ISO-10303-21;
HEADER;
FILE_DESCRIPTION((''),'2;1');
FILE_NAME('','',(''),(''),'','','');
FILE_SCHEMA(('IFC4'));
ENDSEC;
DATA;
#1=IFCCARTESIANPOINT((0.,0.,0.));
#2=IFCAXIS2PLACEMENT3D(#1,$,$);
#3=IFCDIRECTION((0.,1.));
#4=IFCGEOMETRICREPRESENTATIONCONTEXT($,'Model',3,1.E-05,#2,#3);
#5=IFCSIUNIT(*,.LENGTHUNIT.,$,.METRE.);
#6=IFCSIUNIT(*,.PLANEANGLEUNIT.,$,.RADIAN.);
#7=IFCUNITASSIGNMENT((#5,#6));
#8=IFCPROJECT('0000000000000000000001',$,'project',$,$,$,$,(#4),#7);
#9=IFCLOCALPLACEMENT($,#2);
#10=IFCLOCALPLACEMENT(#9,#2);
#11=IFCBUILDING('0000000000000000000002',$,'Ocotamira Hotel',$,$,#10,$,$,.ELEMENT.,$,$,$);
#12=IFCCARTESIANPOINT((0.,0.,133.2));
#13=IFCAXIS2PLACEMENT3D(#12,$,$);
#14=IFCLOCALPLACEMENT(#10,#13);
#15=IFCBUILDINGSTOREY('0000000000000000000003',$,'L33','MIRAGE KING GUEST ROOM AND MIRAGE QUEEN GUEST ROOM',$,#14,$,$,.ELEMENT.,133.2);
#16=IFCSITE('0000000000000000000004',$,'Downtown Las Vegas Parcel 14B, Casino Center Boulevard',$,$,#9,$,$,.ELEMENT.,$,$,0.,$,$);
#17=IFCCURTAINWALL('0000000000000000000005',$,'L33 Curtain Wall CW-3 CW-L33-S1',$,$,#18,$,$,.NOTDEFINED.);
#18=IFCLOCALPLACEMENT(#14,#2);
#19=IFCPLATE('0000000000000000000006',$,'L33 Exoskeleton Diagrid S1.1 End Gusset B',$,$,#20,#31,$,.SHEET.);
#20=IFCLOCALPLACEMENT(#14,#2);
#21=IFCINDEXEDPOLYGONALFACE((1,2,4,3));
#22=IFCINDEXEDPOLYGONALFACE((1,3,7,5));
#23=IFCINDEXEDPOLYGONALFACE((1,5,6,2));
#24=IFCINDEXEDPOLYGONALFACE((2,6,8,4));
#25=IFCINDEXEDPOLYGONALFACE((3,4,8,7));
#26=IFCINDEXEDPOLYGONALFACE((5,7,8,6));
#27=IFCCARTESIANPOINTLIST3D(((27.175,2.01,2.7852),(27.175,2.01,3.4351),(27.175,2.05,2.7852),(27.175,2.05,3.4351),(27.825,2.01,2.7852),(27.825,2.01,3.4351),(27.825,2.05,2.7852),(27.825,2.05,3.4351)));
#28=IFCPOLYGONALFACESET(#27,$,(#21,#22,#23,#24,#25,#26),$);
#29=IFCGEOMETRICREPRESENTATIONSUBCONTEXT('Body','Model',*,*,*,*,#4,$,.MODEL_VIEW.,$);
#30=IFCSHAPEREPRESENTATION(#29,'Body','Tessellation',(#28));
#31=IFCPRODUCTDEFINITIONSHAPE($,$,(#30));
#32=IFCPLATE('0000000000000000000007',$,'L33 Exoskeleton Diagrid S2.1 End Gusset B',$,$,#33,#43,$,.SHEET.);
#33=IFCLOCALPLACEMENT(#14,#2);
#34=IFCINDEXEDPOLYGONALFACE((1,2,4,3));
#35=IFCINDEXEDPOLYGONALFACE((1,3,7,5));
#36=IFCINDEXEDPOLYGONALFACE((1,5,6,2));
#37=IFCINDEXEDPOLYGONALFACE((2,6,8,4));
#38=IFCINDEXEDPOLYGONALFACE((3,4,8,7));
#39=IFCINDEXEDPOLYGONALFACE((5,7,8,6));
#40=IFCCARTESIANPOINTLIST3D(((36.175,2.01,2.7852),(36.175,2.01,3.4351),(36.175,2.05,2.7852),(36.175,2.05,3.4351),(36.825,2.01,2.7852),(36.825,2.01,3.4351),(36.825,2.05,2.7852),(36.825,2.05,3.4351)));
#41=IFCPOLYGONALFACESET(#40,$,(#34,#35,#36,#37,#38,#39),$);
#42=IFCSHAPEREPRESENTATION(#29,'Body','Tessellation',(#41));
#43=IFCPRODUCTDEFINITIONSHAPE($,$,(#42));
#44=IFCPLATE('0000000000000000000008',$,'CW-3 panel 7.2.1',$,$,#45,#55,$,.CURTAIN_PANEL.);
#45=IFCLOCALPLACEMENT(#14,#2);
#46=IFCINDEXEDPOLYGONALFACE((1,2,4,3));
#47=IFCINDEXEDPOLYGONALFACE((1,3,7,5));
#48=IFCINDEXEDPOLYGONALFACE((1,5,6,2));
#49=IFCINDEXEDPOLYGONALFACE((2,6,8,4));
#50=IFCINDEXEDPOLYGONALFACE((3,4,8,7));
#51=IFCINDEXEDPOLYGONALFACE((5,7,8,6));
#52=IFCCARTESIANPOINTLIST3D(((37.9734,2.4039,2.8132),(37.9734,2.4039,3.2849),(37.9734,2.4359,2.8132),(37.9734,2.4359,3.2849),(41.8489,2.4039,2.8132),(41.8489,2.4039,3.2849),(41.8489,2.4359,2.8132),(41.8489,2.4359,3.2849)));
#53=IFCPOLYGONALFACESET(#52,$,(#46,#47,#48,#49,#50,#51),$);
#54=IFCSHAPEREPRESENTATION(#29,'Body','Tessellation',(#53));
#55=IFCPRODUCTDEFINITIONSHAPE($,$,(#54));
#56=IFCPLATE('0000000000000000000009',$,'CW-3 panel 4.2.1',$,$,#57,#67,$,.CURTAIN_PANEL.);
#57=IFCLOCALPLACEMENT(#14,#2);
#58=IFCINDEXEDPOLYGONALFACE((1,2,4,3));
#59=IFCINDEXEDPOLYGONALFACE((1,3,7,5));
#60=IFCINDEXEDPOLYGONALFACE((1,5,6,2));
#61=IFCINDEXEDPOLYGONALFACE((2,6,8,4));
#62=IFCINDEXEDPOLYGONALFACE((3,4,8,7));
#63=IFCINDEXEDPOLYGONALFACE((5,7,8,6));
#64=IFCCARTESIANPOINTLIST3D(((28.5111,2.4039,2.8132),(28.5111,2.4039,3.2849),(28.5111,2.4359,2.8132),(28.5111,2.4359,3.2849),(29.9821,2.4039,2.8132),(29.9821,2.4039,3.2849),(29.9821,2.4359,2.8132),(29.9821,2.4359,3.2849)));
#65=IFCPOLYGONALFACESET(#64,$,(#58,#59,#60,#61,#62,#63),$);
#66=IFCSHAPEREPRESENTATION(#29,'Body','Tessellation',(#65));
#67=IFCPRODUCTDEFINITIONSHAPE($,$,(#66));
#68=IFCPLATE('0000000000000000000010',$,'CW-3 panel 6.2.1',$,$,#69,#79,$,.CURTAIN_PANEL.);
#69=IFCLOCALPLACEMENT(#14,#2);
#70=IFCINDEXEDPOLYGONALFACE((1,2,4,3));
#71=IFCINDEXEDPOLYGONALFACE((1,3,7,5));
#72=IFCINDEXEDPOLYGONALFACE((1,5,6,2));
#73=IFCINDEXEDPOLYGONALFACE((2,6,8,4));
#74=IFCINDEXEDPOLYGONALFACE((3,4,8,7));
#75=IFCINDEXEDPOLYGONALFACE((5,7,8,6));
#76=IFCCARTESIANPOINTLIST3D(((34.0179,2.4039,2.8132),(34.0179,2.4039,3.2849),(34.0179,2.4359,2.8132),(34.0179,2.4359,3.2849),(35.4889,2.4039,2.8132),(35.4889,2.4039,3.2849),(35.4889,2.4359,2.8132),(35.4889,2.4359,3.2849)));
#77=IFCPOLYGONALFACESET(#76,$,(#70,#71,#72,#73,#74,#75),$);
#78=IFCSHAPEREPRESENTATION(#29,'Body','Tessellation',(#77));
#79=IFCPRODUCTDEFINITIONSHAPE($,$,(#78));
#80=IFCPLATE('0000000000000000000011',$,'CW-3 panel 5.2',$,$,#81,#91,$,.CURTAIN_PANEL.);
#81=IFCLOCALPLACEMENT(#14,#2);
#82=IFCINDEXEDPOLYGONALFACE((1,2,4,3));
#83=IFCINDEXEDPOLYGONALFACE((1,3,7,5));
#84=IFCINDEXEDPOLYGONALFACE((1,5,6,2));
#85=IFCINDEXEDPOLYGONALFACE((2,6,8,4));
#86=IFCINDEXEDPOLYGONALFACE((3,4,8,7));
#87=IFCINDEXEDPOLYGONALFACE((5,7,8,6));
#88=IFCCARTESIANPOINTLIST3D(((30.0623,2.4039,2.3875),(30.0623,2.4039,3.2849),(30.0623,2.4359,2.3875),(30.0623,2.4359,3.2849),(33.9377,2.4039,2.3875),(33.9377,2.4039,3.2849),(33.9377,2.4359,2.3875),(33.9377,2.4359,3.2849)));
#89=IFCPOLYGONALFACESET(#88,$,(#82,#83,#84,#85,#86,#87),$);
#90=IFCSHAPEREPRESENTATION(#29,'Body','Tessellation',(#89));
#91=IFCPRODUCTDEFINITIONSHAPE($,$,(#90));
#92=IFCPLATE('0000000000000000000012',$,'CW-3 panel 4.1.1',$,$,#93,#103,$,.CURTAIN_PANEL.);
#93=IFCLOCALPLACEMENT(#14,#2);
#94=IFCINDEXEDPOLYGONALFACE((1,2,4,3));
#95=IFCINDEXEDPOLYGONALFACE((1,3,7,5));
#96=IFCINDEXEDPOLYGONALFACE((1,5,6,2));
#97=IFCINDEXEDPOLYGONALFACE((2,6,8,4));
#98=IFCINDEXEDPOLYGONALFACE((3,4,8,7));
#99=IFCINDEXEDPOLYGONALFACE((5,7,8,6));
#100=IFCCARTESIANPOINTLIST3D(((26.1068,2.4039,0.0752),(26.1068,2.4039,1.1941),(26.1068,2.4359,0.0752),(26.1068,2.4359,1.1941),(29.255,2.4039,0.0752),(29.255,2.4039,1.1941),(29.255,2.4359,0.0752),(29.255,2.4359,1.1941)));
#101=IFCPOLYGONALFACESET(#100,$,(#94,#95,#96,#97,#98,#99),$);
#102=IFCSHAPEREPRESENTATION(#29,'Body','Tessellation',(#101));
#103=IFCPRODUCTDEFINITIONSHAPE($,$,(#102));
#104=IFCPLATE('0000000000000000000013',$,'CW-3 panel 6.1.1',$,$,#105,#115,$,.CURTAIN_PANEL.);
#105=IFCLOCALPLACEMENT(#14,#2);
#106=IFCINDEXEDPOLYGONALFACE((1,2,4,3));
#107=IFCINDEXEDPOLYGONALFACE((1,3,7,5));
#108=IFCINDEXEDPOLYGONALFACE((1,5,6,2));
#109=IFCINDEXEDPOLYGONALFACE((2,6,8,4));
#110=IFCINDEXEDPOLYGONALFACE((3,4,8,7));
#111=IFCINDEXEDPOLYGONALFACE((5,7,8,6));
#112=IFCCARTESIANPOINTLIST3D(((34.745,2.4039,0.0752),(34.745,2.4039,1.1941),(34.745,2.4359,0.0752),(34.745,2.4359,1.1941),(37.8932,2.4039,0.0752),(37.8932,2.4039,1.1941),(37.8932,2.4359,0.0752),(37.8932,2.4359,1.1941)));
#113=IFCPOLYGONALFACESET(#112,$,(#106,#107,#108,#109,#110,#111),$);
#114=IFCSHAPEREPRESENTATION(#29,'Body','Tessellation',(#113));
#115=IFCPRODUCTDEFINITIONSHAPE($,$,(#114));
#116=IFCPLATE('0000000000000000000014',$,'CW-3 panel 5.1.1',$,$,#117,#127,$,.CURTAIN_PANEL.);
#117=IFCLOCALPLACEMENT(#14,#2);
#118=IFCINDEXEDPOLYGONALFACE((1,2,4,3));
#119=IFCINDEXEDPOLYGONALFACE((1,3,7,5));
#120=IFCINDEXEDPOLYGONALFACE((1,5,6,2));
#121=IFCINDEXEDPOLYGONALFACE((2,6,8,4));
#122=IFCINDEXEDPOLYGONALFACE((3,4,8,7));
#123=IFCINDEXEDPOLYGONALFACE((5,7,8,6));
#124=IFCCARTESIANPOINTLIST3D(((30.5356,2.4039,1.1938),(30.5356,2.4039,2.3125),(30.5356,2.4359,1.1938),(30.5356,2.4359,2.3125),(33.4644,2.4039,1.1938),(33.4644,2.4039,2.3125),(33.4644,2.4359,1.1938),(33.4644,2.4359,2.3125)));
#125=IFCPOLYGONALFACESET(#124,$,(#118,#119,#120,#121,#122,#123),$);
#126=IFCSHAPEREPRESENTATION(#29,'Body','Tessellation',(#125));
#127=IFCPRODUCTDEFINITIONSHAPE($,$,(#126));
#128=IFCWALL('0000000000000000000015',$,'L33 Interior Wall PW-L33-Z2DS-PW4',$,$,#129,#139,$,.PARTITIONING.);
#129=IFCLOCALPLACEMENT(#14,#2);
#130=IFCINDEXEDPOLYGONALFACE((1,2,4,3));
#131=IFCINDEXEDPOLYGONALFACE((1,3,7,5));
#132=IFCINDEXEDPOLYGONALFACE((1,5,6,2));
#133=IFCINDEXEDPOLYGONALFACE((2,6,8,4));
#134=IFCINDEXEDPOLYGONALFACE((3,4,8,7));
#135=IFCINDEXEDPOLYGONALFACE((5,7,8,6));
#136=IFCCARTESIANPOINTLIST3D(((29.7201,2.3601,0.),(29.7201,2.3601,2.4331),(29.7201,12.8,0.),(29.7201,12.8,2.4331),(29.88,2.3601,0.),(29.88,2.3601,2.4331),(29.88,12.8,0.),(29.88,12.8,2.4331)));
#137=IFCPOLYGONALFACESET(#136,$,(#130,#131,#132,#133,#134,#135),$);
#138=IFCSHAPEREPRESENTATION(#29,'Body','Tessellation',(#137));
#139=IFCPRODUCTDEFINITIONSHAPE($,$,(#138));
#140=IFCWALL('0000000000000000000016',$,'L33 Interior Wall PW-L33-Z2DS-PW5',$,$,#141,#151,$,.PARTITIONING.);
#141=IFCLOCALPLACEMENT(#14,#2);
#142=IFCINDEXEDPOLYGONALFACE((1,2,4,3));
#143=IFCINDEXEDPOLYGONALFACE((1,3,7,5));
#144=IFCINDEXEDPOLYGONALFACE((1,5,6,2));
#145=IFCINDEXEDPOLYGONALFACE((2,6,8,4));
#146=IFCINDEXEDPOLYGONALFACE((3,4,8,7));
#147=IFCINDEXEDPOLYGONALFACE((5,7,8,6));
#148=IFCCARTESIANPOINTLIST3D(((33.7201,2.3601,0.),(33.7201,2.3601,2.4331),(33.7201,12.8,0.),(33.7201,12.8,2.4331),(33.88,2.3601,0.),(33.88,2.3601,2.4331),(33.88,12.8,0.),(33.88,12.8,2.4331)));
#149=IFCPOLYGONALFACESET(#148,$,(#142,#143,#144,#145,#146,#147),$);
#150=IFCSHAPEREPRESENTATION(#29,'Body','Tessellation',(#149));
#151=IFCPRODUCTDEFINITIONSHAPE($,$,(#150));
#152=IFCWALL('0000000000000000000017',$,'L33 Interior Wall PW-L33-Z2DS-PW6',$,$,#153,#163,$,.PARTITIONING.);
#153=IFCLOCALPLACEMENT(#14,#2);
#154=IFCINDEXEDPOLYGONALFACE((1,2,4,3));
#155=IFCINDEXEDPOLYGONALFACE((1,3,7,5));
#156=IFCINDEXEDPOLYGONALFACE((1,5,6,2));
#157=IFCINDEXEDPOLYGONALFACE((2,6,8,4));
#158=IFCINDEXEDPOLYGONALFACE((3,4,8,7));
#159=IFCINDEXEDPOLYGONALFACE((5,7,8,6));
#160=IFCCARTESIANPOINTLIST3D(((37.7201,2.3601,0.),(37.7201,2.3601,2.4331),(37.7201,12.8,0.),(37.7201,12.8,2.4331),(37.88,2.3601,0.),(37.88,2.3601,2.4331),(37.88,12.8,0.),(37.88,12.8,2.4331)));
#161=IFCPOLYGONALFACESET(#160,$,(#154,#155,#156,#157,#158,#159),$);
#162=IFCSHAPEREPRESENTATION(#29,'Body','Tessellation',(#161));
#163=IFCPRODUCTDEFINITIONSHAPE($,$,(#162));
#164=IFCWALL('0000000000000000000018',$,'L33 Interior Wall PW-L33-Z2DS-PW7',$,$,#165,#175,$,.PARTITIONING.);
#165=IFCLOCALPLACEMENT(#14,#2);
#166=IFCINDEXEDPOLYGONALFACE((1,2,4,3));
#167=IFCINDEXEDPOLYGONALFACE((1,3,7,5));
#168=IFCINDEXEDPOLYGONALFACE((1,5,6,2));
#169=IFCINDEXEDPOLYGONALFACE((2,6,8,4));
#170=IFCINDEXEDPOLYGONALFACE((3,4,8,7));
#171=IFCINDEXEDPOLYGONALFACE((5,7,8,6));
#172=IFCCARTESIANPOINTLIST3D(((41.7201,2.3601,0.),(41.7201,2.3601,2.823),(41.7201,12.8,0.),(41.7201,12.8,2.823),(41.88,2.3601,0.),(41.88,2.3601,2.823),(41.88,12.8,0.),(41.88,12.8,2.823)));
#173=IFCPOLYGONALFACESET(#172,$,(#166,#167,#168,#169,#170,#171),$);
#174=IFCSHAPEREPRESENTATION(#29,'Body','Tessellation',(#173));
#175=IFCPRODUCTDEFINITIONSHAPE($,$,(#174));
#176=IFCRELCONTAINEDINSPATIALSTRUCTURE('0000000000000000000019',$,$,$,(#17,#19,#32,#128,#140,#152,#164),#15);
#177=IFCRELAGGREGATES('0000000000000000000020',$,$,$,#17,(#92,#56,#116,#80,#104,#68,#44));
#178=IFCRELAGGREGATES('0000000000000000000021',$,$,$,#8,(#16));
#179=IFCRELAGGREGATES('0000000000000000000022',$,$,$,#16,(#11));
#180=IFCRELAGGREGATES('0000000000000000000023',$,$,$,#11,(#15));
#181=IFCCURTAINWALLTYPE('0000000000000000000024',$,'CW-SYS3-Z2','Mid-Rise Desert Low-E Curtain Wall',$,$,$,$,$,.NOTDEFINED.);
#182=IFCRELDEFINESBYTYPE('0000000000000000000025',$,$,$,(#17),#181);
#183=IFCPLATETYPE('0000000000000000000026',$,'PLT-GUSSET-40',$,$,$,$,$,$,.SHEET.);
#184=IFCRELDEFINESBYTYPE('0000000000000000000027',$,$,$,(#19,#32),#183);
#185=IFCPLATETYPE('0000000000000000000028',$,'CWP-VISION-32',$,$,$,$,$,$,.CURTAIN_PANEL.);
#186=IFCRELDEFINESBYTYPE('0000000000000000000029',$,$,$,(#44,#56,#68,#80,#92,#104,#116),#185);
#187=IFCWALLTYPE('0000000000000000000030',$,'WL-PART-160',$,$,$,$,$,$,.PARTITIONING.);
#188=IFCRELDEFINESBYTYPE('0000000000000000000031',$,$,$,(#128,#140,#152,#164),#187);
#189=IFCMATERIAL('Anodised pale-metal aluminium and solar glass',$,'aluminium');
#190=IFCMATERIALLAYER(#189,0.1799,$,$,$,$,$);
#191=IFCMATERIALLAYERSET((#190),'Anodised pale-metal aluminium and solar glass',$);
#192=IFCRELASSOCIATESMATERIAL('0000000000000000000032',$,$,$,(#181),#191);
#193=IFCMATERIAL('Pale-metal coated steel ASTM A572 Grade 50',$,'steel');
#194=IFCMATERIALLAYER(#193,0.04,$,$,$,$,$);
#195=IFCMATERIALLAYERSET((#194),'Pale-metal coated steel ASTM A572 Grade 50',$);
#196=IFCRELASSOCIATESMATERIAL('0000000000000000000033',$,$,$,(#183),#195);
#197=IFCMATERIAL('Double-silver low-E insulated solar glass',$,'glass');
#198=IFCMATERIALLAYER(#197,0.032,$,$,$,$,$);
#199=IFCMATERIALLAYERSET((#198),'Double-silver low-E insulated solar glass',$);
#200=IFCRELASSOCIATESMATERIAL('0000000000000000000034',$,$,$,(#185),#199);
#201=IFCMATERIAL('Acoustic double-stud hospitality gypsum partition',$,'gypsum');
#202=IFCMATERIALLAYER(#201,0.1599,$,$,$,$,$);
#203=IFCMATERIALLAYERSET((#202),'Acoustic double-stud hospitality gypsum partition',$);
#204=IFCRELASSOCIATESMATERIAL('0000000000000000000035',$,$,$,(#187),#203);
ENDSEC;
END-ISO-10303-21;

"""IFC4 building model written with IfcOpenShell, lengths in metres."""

from ifc_helpers import new_model, si_unit, direction, frame, frame_2d, origin, origin_2d, place, context, subcontext, project, spatial, rectangle, extrude, source, transform, mapped, material, layer, layer_set, type_object, element, aggregate, save


model = new_model("IFC4")

# Units and contexts
model_context = context("Model", 3, precision=1e-05, world=origin(), true_north=direction((0.0, 1.0)))
body_context = subcontext(model_context, "Body", "Model", "MODEL_VIEW")
ifc_project = project(units=[si_unit("LENGTHUNIT", "METRE"), si_unit("PLANEANGLEUNIT", "RADIAN")], contexts=[model_context])

# Site, building, storey
site_placement = place(None, origin())
site = spatial("IfcSite", under=ifc_project, at=site_placement, Name="Downtown Las Vegas Parcel 14B, Casino Center Boulevard", CompositionType="ELEMENT", RefElevation=0.0)
building_placement = place(site_placement, origin())
building = spatial("IfcBuilding", under=site, at=building_placement, Name="Ocotamira Hotel", CompositionType="ELEMENT")
storey_placement = place(building_placement, frame((0.0, 0.0, 133.2)))
storey = spatial("IfcBuildingStorey", under=building, at=storey_placement, Name="L33", Description="MIRAGE KING GUEST ROOM AND MIRAGE QUEEN GUEST ROOM", CompositionType="ELEMENT", Elevation=133.2)

# Curtain wall
ifc_material_1 = material(Name="Anodised pale-metal aluminium and solar glass", Category="aluminium")
ifc_layer_1 = layer(ifc_material_1, 0.1799)
ifc_layer_set_1 = layer_set([ifc_layer_1], Name="Anodised pale-metal aluminium and solar glass")
curtain_wall_type = type_object("IfcCurtainWallType", Name="CW-SYS3-Z2", Description="Mid-Rise Desert Low-E Curtain Wall", PredefinedType="NOTDEFINED", material=ifc_layer_set_1)
curtain_wall_placement = place(storey_placement, origin())
curtain_wall = element("IfcCurtainWall", 1, at=curtain_wall_placement, inside=storey, type_object=curtain_wall_type, Name="L33 Curtain Wall CW-3 CW-L33-S1", PredefinedType="NOTDEFINED")

# Plates
ifc_material_2 = material(Name="Pale-metal coated steel ASTM A572 Grade 50", Category="steel")
ifc_layer_2 = layer(ifc_material_2, 0.04)
ifc_layer_set_2 = layer_set([ifc_layer_2], Name="Pale-metal coated steel ASTM A572 Grade 50")
plate_type_1 = type_object("IfcPlateType", Name="PLT-GUSSET-40", PredefinedType="SHEET", material=ifc_layer_set_2)
shared_shape_1 = source(origin(), body_context, "Body", "SweptSolid", [
    extrude(rectangle(XDim=0.6499, YDim=0.04, at=origin_2d()), origin(), (0.0, 0.0, 1.0), 0.6499),
])
for number, where, z_axis, x_axis, name in (
    (2, (27.5, 2.03, 2.7852), (0.0, 0.0, 1.0), (1.0, 0.0, 0.0), "L33 Exoskeleton Diagrid S1.1 End Gusset B"),
    (3, (36.5, 2.03, 2.7852), (0.0, 0.0, 1.0), (1.0, 0.0, 0.0), "L33 Exoskeleton Diagrid S2.1 End Gusset B"),
):
    element("IfcPlate", number, at=place(storey_placement, frame(where, z_axis=z_axis, x_axis=x_axis)), inside=storey, type_object=plate_type_1, Name=name, PredefinedType="SHEET", context=body_context, shape_type="MappedRepresentation", body=[
        mapped(shared_shape_1, transform((0.0, 0.0, 0.0), scale=1.0)),
    ])

# Plates
ifc_material_3 = material(Name="Double-silver low-E insulated solar glass", Category="glass")
ifc_layer_3 = layer(ifc_material_3, 0.032)
ifc_layer_set_3 = layer_set([ifc_layer_3], Name="Double-silver low-E insulated solar glass")
plate_type_2 = type_object("IfcPlateType", Name="CWP-VISION-32", PredefinedType="CURTAIN_PANEL", material=ifc_layer_set_3)
shared_shape_2 = source(origin(), body_context, "Body", "SweptSolid", [
    extrude(rectangle(XDim=3.8755, YDim=0.032, at=origin_2d()), origin(), (0.0, 0.0, 1.0), 0.4717),
])
plate_1_placement = place(storey_placement, frame((39.9111, 2.4199, 2.8132), z_axis=(0.0, 0.0, 1.0), x_axis=(1.0, 0.0, 0.0)))
plate_1 = element("IfcPlate", 4, at=plate_1_placement, type_object=plate_type_2, Name="CW-3 panel 7.2.1", PredefinedType="CURTAIN_PANEL", context=body_context, shape_type="MappedRepresentation", body=[
    mapped(shared_shape_2, transform((0.0, 0.0, 0.0), scale=1.0)),
])
shared_shape_3 = source(origin(), body_context, "Body", "SweptSolid", [
    extrude(rectangle(XDim=1.4709, YDim=0.032, at=origin_2d()), origin(), (0.0, 0.0, 1.0), 0.4717),
])
plate_2_placement = place(storey_placement, frame((29.2466, 2.4199, 2.8132), z_axis=(0.0, 0.0, 1.0), x_axis=(1.0, 0.0, 0.0)))
plate_2 = element("IfcPlate", 5, at=plate_2_placement, type_object=plate_type_2, Name="CW-3 panel 4.2.1", PredefinedType="CURTAIN_PANEL", context=body_context, shape_type="MappedRepresentation", body=[
    mapped(shared_shape_3, transform((0.0, 0.0, 0.0), scale=1.0)),
])
plate_3_placement = place(storey_placement, frame((34.7534, 2.4199, 2.8132), z_axis=(0.0, 0.0, 1.0), x_axis=(1.0, 0.0, 0.0)))
plate_3 = element("IfcPlate", 6, at=plate_3_placement, type_object=plate_type_2, Name="CW-3 panel 6.2.1", PredefinedType="CURTAIN_PANEL", context=body_context, shape_type="MappedRepresentation", body=[
    mapped(shared_shape_3, transform((0.0, 0.0, 0.0), scale=1.0)),
])
shared_shape_4 = source(origin(), body_context, "Body", "SweptSolid", [
    extrude(rectangle(XDim=3.8755, YDim=0.032, at=origin_2d()), origin(), (0.0, 0.0, 1.0), 0.8975),
])
plate_4_placement = place(storey_placement, frame((32.0, 2.4199, 2.3875), z_axis=(0.0, 0.0, 1.0), x_axis=(1.0, 0.0, 0.0)))
plate_4 = element("IfcPlate", 7, at=plate_4_placement, type_object=plate_type_2, Name="CW-3 panel 5.2", PredefinedType="CURTAIN_PANEL", context=body_context, shape_type="MappedRepresentation", body=[
    mapped(shared_shape_4, transform((0.0, 0.0, 0.0), scale=1.0)),
])
shared_shape_5 = source(origin(), body_context, "Body", "SweptSolid", [
    extrude(rectangle(XDim=3.1482, YDim=0.032, at=origin_2d()), origin(), (0.0, 0.0, 1.0), 1.1189),
])
plate_5_placement = place(storey_placement, frame((27.6809, 2.4199, 0.0752), z_axis=(0.0, 0.0, 1.0), x_axis=(1.0, 0.0, 0.0)))
plate_5 = element("IfcPlate", 8, at=plate_5_placement, type_object=plate_type_2, Name="CW-3 panel 4.1.1", PredefinedType="CURTAIN_PANEL", context=body_context, shape_type="MappedRepresentation", body=[
    mapped(shared_shape_5, transform((0.0, 0.0, 0.0), scale=1.0)),
])
plate_6_placement = place(storey_placement, frame((36.3191, 2.4199, 0.0752), z_axis=(0.0, 0.0, 1.0), x_axis=(1.0, 0.0, 0.0)))
plate_6 = element("IfcPlate", 9, at=plate_6_placement, type_object=plate_type_2, Name="CW-3 panel 6.1.1", PredefinedType="CURTAIN_PANEL", context=body_context, shape_type="MappedRepresentation", body=[
    mapped(shared_shape_5, transform((0.0, 0.0, 0.0), scale=1.0)),
])
shared_shape_6 = source(origin(), body_context, "Body", "SweptSolid", [
    extrude(rectangle(XDim=2.9287, YDim=0.032, at=origin_2d()), origin(), (0.0, 0.0, 1.0), 1.1187),
])
plate_7_placement = place(storey_placement, frame((32.0, 2.4199, 1.1938), z_axis=(0.0, 0.0, 1.0), x_axis=(1.0, 0.0, 0.0)))
plate_7 = element("IfcPlate", 10, at=plate_7_placement, type_object=plate_type_2, Name="CW-3 panel 5.1.1", PredefinedType="CURTAIN_PANEL", context=body_context, shape_type="MappedRepresentation", body=[
    mapped(shared_shape_6, transform((0.0, 0.0, 0.0), scale=1.0)),
])
aggregate(curtain_wall, [plate_5, plate_2, plate_7, plate_4, plate_6, plate_3, plate_1])

# Walls
ifc_material_4 = material(Name="Acoustic double-stud hospitality gypsum partition", Category="gypsum")
ifc_layer_4 = layer(ifc_material_4, 0.1599)
ifc_layer_set_4 = layer_set([ifc_layer_4], Name="Acoustic double-stud hospitality gypsum partition")
wall_type = type_object("IfcWallType", Name="WL-PART-160", PredefinedType="PARTITIONING", material=ifc_layer_set_4)
for number, where, z_axis, x_axis, name in (
    (11, (29.8, 2.3601, 0.0), (0.0, 0.0, 1.0), (0.0, 1.0, 0.0), "L33 Interior Wall PW-L33-Z2DS-PW4"),
    (12, (33.8, 2.3601, 0.0), (0.0, 0.0, 1.0), (0.0, 1.0, 0.0), "L33 Interior Wall PW-L33-Z2DS-PW5"),
    (13, (37.8, 2.3601, 0.0), (0.0, 0.0, 1.0), (0.0, 1.0, 0.0), "L33 Interior Wall PW-L33-Z2DS-PW6"),
):
    element("IfcWall", number, at=place(storey_placement, frame(where, z_axis=z_axis, x_axis=x_axis)), inside=storey, type_object=wall_type, Name=name, PredefinedType="PARTITIONING", context=body_context, shape_type="SweptSolid", body=[
        extrude(rectangle(XDim=10.4399, YDim=0.1599, at=frame_2d((5.22, 0.0))), origin(), (0.0, 0.0, 1.0), 2.4331),
    ])
wall_placement = place(storey_placement, frame((41.8, 2.3601, 0.0), z_axis=(0.0, 0.0, 1.0), x_axis=(0.0, 1.0, 0.0)))
element("IfcWall", 14, at=wall_placement, inside=storey, type_object=wall_type, Name="L33 Interior Wall PW-L33-Z2DS-PW7", PredefinedType="PARTITIONING", context=body_context, shape_type="SweptSolid", body=[
    extrude(rectangle(XDim=10.4399, YDim=0.1599, at=frame_2d((5.22, 0.0))), origin(), (0.0, 0.0, 1.0), 2.823),
])

save(model, "model.ifc")
